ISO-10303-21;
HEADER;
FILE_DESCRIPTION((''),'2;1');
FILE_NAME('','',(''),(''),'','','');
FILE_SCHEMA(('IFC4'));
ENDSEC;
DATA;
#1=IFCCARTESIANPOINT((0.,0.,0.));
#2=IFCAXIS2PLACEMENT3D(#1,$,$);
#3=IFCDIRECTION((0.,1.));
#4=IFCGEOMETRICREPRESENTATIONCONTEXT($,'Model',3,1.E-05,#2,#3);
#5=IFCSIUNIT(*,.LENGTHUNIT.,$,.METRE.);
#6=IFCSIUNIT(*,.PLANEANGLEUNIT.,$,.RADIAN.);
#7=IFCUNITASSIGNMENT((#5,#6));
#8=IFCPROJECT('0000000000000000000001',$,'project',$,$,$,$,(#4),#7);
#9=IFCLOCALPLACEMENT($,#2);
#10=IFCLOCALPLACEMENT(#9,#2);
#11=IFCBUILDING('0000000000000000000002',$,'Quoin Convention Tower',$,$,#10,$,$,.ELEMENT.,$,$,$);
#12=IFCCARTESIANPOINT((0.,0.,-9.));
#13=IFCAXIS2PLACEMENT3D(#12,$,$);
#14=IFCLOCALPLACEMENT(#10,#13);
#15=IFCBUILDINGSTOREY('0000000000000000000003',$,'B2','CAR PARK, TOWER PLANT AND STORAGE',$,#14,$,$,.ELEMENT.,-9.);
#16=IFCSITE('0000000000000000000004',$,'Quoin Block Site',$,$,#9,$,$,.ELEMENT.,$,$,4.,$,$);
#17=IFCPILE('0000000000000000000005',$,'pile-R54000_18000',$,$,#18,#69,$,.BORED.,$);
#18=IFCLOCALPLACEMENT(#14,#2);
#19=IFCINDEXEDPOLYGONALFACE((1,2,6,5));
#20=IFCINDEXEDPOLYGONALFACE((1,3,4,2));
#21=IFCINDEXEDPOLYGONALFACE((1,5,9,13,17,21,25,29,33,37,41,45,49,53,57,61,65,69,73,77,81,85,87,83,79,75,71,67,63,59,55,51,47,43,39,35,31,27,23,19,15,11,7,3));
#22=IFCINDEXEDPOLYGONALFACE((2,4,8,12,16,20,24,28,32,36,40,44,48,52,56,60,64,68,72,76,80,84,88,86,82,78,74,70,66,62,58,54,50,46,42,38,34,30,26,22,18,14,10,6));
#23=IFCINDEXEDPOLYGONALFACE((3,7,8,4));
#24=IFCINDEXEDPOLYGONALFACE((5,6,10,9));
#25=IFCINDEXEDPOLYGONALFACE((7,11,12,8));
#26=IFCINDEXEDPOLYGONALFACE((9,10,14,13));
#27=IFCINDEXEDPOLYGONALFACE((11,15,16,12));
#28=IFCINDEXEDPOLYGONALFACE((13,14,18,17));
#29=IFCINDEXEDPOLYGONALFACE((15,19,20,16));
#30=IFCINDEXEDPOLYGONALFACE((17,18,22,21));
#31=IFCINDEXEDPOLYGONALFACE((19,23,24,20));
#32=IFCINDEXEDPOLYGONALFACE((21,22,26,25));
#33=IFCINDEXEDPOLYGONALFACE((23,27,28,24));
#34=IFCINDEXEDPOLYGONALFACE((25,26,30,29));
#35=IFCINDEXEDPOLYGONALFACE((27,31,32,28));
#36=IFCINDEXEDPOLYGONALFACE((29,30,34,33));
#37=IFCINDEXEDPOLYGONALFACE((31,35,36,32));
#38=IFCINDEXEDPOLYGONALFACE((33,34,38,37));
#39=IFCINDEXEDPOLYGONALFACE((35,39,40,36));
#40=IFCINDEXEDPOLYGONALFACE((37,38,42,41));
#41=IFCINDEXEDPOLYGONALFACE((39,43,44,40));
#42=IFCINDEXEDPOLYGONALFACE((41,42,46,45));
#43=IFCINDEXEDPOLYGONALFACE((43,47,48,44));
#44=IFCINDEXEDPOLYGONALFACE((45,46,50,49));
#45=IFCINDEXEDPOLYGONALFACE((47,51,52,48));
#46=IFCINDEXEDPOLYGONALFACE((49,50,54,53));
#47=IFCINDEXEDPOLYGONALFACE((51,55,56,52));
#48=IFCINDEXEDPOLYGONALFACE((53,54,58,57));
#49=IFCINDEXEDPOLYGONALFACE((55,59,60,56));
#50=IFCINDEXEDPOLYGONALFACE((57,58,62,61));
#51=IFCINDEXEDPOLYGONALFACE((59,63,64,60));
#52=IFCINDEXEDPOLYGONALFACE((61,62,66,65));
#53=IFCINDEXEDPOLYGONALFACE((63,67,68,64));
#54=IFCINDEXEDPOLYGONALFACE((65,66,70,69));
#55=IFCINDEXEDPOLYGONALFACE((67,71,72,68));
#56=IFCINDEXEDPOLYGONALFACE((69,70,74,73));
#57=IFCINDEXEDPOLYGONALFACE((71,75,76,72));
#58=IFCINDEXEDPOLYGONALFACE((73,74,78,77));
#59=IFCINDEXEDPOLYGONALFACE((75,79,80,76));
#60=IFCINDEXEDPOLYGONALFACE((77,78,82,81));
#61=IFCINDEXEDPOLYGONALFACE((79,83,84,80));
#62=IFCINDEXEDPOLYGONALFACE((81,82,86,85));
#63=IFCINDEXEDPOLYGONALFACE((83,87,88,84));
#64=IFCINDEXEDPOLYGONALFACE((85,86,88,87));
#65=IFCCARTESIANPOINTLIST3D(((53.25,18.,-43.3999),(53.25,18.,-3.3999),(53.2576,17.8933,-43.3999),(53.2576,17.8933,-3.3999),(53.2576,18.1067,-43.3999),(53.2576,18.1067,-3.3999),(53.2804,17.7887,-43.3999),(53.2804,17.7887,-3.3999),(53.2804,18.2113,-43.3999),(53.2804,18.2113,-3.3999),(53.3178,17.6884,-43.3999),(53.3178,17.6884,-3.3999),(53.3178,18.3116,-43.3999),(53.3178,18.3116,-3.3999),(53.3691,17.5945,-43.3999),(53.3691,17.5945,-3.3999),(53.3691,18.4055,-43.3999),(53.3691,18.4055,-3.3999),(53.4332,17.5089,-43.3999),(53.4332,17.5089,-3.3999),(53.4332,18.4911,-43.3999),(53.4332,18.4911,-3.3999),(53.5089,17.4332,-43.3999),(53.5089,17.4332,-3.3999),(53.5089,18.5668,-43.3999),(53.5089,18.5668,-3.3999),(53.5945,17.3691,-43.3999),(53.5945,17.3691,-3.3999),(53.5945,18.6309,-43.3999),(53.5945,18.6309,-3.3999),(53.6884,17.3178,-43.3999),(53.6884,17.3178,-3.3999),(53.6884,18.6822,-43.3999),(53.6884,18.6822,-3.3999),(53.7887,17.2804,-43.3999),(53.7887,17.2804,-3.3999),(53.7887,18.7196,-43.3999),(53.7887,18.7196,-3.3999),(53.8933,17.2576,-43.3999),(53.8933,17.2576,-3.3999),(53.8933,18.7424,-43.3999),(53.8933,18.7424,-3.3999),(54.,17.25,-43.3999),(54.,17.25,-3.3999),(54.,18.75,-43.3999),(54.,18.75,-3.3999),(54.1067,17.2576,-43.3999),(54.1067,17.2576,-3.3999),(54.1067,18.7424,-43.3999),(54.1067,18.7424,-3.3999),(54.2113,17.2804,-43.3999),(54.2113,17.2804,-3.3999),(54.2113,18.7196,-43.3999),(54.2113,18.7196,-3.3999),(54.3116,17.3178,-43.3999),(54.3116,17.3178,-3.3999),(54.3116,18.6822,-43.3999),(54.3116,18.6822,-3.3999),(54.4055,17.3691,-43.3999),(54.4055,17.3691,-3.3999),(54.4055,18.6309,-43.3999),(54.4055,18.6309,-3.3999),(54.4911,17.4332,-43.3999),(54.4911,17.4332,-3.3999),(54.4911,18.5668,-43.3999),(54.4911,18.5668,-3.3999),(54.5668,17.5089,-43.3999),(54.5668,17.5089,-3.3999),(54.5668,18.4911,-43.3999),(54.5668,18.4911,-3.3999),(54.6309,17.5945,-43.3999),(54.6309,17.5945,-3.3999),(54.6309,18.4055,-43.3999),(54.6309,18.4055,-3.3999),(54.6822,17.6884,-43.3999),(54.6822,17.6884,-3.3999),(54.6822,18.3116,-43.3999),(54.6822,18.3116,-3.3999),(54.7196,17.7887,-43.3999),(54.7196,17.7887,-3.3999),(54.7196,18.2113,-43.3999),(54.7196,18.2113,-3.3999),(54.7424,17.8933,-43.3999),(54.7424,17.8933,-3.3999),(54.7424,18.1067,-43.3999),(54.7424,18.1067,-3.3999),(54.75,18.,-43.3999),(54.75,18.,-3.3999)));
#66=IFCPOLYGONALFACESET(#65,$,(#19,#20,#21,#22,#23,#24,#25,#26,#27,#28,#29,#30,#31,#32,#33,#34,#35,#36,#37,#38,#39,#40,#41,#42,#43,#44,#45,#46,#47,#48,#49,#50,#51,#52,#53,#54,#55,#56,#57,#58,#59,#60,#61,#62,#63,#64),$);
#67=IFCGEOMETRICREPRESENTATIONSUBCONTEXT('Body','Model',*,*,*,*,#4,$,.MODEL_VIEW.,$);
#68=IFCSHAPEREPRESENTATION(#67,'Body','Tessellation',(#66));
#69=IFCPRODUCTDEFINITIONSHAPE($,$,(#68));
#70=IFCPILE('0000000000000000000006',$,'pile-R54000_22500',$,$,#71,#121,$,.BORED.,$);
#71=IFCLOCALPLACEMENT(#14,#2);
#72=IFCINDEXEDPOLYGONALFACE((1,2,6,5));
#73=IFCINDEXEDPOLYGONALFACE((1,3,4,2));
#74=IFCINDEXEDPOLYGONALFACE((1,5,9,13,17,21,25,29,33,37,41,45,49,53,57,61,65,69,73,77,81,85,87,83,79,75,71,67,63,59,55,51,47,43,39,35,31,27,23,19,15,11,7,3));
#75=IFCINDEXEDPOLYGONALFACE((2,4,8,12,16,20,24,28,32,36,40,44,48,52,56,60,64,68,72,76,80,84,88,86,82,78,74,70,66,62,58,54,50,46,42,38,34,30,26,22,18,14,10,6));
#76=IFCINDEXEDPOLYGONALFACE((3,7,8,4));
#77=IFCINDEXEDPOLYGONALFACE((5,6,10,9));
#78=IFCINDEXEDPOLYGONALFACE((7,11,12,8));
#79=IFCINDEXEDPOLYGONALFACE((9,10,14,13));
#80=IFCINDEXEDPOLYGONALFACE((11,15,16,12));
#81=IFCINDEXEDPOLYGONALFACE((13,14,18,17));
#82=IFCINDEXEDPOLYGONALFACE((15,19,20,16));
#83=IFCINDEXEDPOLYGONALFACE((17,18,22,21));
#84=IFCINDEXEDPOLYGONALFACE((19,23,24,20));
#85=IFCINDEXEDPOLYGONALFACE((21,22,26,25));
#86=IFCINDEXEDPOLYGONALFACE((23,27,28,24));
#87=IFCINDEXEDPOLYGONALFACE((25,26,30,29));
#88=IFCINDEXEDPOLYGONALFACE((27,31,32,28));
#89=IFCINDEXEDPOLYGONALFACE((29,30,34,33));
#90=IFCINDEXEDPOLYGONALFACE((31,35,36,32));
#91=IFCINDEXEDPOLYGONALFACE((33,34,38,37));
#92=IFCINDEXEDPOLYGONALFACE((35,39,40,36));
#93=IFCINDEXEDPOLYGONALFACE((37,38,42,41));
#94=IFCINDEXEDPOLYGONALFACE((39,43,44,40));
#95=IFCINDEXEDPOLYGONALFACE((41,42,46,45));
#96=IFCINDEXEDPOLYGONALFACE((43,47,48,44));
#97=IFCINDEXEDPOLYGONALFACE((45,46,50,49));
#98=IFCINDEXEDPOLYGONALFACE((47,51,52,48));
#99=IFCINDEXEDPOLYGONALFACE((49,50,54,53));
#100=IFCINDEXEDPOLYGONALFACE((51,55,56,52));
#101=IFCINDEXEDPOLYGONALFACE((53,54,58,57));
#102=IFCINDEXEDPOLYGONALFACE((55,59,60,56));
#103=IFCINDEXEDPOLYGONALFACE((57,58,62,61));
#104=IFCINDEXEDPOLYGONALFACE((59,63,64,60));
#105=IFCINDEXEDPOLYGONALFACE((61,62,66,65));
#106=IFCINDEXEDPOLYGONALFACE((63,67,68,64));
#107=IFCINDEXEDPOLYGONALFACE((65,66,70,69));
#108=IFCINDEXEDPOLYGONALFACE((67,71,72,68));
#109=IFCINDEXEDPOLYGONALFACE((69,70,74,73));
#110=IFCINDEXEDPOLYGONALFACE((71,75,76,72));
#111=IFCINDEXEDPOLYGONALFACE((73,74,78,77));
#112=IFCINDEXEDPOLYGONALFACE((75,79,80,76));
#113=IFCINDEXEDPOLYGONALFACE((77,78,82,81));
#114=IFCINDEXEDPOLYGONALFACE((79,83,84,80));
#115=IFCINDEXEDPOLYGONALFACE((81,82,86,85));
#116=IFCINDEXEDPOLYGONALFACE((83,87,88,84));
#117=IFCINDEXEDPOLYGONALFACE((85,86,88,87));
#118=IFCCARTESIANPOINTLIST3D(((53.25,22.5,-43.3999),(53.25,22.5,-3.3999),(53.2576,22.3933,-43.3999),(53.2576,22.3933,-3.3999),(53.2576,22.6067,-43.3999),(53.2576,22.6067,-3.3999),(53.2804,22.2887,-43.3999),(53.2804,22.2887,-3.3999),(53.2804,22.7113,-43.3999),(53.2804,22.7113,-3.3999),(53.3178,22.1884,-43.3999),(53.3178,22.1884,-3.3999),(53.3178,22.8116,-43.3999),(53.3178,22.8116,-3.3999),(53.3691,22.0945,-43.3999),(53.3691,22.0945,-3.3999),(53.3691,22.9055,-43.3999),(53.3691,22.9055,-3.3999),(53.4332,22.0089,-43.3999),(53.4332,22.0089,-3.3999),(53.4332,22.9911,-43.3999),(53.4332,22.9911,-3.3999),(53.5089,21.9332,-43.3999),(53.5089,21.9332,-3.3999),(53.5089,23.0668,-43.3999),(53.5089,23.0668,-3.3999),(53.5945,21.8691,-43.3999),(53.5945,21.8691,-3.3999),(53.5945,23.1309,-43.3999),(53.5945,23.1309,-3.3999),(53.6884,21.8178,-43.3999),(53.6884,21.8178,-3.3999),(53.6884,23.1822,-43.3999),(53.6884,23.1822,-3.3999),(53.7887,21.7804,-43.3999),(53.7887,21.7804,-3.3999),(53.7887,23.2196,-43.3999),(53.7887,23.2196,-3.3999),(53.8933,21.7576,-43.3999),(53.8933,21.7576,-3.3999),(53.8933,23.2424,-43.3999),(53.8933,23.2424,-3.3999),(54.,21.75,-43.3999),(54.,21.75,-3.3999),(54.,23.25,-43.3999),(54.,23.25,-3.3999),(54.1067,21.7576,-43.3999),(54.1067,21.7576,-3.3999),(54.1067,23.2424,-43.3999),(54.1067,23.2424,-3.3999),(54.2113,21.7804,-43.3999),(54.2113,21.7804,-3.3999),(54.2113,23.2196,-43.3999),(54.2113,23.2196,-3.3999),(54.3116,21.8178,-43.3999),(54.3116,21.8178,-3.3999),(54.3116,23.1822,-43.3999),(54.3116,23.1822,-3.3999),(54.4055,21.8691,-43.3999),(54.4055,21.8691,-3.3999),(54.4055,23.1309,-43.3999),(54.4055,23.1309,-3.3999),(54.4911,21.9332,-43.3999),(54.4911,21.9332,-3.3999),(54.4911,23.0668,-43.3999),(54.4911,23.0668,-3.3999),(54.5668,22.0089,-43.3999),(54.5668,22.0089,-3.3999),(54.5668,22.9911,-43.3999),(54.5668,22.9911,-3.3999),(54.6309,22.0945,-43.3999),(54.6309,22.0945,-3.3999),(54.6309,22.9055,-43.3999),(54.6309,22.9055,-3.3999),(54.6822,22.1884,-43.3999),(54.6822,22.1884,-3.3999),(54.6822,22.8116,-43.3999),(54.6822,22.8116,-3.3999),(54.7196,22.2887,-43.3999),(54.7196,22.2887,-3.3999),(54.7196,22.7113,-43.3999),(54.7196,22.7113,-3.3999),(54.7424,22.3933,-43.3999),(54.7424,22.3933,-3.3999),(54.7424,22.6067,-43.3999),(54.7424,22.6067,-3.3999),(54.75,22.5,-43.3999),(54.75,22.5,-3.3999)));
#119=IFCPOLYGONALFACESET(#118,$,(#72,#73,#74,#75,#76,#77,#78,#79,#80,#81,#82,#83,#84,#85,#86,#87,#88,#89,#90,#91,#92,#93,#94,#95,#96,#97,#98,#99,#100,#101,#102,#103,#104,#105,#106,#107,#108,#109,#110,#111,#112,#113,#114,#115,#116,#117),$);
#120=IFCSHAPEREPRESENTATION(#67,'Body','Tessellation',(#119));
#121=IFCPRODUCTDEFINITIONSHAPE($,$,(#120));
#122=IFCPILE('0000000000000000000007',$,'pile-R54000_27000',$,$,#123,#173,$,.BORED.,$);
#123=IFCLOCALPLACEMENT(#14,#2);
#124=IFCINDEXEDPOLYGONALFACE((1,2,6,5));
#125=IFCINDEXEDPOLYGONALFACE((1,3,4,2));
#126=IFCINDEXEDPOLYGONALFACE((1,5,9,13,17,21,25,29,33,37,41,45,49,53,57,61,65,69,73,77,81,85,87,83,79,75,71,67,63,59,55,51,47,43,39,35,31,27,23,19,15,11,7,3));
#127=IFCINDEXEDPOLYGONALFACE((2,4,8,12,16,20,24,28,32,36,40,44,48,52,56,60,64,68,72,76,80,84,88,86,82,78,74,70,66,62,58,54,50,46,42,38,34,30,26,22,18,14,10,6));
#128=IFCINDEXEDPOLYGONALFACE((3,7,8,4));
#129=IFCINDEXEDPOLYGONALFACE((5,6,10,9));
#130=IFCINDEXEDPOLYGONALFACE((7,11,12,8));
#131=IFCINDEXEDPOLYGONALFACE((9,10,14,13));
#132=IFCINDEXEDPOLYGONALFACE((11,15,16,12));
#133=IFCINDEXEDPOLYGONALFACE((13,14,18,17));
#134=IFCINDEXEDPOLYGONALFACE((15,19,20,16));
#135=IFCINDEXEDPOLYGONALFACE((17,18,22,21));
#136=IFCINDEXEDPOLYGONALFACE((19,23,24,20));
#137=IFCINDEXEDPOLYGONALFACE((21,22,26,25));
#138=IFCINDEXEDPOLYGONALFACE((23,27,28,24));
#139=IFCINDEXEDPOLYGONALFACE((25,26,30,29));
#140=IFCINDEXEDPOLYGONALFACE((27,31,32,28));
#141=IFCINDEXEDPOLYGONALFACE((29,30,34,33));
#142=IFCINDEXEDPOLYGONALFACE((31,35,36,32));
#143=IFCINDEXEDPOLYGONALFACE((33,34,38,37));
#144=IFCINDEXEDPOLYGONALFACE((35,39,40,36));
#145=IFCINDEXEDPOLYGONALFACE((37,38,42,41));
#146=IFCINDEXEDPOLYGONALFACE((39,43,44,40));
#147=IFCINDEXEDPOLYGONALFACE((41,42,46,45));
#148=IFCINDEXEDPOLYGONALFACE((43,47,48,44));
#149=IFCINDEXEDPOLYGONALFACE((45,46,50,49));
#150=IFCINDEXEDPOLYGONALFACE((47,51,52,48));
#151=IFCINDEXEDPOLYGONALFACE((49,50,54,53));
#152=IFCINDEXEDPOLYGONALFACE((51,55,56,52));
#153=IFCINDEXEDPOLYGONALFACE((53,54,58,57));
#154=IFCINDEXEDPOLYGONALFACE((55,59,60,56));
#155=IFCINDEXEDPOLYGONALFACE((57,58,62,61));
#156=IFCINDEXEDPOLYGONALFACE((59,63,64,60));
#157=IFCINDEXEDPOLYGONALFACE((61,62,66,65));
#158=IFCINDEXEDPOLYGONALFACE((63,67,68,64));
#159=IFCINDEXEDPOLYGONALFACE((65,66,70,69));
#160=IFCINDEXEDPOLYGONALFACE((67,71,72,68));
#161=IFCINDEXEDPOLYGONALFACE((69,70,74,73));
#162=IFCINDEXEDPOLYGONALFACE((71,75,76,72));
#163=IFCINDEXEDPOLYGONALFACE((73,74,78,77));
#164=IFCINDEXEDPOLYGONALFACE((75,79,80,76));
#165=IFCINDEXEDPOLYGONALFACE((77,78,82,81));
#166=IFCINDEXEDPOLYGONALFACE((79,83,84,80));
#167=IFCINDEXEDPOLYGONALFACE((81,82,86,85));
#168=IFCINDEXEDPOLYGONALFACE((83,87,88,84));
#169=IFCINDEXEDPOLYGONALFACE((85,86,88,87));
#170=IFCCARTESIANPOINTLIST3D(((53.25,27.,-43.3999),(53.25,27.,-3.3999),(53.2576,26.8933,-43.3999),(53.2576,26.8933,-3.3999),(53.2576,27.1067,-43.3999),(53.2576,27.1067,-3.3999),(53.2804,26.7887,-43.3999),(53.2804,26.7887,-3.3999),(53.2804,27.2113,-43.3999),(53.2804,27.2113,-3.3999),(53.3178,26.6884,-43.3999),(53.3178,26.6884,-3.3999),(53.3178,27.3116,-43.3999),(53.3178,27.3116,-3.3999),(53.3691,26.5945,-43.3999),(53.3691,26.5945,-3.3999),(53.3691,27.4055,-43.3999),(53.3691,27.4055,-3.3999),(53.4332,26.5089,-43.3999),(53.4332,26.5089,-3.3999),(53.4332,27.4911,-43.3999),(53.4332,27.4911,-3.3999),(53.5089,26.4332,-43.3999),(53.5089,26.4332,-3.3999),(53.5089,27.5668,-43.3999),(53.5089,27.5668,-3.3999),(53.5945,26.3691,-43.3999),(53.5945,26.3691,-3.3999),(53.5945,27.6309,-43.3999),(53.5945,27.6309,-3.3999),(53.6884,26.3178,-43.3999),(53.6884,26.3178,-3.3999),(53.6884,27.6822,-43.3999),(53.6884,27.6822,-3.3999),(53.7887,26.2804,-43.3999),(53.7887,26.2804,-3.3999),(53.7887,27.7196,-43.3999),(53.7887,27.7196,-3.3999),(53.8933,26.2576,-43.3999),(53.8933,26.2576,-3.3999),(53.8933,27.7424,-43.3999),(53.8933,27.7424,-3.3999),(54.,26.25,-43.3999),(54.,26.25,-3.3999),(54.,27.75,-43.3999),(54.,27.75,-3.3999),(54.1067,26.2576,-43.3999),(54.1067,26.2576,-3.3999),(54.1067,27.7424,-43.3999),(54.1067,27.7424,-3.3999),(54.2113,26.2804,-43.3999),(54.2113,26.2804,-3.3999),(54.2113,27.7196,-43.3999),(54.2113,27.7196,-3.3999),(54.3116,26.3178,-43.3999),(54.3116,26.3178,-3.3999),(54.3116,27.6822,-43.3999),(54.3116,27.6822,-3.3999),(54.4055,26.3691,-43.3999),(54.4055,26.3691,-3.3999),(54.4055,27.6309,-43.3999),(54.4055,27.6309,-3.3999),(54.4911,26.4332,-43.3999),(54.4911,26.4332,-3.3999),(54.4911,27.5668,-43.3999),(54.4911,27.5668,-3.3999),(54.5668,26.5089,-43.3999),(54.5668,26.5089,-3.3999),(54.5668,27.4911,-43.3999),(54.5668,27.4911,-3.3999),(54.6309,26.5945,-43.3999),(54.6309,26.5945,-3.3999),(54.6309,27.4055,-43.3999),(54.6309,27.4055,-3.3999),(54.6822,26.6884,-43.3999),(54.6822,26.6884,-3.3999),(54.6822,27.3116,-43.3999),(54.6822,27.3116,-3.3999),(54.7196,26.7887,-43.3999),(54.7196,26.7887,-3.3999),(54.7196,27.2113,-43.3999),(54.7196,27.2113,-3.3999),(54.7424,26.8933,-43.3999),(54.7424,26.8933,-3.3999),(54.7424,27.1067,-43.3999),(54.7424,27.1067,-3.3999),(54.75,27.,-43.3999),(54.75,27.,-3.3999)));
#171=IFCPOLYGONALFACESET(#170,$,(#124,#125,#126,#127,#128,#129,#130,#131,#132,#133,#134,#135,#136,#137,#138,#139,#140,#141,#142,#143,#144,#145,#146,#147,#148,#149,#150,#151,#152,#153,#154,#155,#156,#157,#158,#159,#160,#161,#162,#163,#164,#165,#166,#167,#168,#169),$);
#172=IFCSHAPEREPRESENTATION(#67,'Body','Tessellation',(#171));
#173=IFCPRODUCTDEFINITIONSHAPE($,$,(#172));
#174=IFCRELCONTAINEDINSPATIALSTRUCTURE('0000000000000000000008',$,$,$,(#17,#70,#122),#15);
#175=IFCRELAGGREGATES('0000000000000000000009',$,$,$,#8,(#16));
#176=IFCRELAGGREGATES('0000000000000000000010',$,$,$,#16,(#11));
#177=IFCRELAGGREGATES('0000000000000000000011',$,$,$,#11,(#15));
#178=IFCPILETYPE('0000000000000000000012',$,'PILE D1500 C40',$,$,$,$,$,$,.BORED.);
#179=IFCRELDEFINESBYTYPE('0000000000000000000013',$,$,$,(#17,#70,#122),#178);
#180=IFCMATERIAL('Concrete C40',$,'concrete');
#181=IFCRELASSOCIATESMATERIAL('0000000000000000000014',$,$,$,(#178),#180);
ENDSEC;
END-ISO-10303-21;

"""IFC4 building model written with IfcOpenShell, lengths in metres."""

from ifc_helpers import new_model, si_unit, direction, frame, origin, origin_2d, place, context, subcontext, project, spatial, circle, extrude, material, material_profile, profile_set, type_object, element, save


model = new_model("IFC4")

# Units and contexts
model_context = context("Model", 3, precision=1e-05, world=origin(), true_north=direction((0.0, 1.0)))
body_context = subcontext(model_context, "Body", "Model", "MODEL_VIEW")
ifc_project = project(units=[si_unit("LENGTHUNIT", "METRE"), si_unit("PLANEANGLEUNIT", "RADIAN")], contexts=[model_context])

# Site, building, storey
site_placement = place(None, origin())
site = spatial("IfcSite", under=ifc_project, at=site_placement, Name="Quoin Block Site", CompositionType="ELEMENT", RefElevation=4.0)
building_placement = place(site_placement, origin())
building = spatial("IfcBuilding", under=site, at=building_placement, Name="Quoin Convention Tower", CompositionType="ELEMENT")
storey_placement = place(building_placement, frame((0.0, 0.0, -9.0)))
storey = spatial("IfcBuildingStorey", under=building, at=storey_placement, Name="B2", Description="CAR PARK, TOWER PLANT AND STORAGE", CompositionType="ELEMENT", Elevation=-9.0)

# Piles
ifc_material_1 = material(Name="Concrete C40", Category="concrete")
ifc_material_profile_1 = material_profile(ifc_material_1, circle(Radius=0.75, at=origin_2d()), Name="D1500")
ifc_profile_set_1 = profile_set([ifc_material_profile_1], Name="Concrete C40")
pile_type = type_object("IfcPileType", Name="PILE D1500 C40", PredefinedType="BORED", material=ifc_profile_set_1)
for number, where, z_axis, x_axis, name in (
    (1, (54.0, 18.0, -3.3999), (0.0, 0.0, -1.0), (1.0, 0.0, 0.0), "pile-R54000_18000"),
    (2, (54.0, 22.5, -3.3999), (0.0, 0.0, -1.0), (1.0, 0.0, 0.0), "pile-R54000_22500"),
    (3, (54.0, 27.0, -3.3999), (0.0, 0.0, -1.0), (1.0, 0.0, 0.0), "pile-R54000_27000"),
):
    element("IfcPile", number, at=place(storey_placement, frame(where, z_axis=z_axis, x_axis=x_axis)), inside=storey, type_object=pile_type, Name=name, PredefinedType="BORED", context=body_context, shape_type="SweptSolid", body=[
        extrude(circle(Radius=0.75, at=origin_2d()), origin(), (0.0, 0.0, 1.0), 40.0),
    ])

save(model, "model.ifc")
